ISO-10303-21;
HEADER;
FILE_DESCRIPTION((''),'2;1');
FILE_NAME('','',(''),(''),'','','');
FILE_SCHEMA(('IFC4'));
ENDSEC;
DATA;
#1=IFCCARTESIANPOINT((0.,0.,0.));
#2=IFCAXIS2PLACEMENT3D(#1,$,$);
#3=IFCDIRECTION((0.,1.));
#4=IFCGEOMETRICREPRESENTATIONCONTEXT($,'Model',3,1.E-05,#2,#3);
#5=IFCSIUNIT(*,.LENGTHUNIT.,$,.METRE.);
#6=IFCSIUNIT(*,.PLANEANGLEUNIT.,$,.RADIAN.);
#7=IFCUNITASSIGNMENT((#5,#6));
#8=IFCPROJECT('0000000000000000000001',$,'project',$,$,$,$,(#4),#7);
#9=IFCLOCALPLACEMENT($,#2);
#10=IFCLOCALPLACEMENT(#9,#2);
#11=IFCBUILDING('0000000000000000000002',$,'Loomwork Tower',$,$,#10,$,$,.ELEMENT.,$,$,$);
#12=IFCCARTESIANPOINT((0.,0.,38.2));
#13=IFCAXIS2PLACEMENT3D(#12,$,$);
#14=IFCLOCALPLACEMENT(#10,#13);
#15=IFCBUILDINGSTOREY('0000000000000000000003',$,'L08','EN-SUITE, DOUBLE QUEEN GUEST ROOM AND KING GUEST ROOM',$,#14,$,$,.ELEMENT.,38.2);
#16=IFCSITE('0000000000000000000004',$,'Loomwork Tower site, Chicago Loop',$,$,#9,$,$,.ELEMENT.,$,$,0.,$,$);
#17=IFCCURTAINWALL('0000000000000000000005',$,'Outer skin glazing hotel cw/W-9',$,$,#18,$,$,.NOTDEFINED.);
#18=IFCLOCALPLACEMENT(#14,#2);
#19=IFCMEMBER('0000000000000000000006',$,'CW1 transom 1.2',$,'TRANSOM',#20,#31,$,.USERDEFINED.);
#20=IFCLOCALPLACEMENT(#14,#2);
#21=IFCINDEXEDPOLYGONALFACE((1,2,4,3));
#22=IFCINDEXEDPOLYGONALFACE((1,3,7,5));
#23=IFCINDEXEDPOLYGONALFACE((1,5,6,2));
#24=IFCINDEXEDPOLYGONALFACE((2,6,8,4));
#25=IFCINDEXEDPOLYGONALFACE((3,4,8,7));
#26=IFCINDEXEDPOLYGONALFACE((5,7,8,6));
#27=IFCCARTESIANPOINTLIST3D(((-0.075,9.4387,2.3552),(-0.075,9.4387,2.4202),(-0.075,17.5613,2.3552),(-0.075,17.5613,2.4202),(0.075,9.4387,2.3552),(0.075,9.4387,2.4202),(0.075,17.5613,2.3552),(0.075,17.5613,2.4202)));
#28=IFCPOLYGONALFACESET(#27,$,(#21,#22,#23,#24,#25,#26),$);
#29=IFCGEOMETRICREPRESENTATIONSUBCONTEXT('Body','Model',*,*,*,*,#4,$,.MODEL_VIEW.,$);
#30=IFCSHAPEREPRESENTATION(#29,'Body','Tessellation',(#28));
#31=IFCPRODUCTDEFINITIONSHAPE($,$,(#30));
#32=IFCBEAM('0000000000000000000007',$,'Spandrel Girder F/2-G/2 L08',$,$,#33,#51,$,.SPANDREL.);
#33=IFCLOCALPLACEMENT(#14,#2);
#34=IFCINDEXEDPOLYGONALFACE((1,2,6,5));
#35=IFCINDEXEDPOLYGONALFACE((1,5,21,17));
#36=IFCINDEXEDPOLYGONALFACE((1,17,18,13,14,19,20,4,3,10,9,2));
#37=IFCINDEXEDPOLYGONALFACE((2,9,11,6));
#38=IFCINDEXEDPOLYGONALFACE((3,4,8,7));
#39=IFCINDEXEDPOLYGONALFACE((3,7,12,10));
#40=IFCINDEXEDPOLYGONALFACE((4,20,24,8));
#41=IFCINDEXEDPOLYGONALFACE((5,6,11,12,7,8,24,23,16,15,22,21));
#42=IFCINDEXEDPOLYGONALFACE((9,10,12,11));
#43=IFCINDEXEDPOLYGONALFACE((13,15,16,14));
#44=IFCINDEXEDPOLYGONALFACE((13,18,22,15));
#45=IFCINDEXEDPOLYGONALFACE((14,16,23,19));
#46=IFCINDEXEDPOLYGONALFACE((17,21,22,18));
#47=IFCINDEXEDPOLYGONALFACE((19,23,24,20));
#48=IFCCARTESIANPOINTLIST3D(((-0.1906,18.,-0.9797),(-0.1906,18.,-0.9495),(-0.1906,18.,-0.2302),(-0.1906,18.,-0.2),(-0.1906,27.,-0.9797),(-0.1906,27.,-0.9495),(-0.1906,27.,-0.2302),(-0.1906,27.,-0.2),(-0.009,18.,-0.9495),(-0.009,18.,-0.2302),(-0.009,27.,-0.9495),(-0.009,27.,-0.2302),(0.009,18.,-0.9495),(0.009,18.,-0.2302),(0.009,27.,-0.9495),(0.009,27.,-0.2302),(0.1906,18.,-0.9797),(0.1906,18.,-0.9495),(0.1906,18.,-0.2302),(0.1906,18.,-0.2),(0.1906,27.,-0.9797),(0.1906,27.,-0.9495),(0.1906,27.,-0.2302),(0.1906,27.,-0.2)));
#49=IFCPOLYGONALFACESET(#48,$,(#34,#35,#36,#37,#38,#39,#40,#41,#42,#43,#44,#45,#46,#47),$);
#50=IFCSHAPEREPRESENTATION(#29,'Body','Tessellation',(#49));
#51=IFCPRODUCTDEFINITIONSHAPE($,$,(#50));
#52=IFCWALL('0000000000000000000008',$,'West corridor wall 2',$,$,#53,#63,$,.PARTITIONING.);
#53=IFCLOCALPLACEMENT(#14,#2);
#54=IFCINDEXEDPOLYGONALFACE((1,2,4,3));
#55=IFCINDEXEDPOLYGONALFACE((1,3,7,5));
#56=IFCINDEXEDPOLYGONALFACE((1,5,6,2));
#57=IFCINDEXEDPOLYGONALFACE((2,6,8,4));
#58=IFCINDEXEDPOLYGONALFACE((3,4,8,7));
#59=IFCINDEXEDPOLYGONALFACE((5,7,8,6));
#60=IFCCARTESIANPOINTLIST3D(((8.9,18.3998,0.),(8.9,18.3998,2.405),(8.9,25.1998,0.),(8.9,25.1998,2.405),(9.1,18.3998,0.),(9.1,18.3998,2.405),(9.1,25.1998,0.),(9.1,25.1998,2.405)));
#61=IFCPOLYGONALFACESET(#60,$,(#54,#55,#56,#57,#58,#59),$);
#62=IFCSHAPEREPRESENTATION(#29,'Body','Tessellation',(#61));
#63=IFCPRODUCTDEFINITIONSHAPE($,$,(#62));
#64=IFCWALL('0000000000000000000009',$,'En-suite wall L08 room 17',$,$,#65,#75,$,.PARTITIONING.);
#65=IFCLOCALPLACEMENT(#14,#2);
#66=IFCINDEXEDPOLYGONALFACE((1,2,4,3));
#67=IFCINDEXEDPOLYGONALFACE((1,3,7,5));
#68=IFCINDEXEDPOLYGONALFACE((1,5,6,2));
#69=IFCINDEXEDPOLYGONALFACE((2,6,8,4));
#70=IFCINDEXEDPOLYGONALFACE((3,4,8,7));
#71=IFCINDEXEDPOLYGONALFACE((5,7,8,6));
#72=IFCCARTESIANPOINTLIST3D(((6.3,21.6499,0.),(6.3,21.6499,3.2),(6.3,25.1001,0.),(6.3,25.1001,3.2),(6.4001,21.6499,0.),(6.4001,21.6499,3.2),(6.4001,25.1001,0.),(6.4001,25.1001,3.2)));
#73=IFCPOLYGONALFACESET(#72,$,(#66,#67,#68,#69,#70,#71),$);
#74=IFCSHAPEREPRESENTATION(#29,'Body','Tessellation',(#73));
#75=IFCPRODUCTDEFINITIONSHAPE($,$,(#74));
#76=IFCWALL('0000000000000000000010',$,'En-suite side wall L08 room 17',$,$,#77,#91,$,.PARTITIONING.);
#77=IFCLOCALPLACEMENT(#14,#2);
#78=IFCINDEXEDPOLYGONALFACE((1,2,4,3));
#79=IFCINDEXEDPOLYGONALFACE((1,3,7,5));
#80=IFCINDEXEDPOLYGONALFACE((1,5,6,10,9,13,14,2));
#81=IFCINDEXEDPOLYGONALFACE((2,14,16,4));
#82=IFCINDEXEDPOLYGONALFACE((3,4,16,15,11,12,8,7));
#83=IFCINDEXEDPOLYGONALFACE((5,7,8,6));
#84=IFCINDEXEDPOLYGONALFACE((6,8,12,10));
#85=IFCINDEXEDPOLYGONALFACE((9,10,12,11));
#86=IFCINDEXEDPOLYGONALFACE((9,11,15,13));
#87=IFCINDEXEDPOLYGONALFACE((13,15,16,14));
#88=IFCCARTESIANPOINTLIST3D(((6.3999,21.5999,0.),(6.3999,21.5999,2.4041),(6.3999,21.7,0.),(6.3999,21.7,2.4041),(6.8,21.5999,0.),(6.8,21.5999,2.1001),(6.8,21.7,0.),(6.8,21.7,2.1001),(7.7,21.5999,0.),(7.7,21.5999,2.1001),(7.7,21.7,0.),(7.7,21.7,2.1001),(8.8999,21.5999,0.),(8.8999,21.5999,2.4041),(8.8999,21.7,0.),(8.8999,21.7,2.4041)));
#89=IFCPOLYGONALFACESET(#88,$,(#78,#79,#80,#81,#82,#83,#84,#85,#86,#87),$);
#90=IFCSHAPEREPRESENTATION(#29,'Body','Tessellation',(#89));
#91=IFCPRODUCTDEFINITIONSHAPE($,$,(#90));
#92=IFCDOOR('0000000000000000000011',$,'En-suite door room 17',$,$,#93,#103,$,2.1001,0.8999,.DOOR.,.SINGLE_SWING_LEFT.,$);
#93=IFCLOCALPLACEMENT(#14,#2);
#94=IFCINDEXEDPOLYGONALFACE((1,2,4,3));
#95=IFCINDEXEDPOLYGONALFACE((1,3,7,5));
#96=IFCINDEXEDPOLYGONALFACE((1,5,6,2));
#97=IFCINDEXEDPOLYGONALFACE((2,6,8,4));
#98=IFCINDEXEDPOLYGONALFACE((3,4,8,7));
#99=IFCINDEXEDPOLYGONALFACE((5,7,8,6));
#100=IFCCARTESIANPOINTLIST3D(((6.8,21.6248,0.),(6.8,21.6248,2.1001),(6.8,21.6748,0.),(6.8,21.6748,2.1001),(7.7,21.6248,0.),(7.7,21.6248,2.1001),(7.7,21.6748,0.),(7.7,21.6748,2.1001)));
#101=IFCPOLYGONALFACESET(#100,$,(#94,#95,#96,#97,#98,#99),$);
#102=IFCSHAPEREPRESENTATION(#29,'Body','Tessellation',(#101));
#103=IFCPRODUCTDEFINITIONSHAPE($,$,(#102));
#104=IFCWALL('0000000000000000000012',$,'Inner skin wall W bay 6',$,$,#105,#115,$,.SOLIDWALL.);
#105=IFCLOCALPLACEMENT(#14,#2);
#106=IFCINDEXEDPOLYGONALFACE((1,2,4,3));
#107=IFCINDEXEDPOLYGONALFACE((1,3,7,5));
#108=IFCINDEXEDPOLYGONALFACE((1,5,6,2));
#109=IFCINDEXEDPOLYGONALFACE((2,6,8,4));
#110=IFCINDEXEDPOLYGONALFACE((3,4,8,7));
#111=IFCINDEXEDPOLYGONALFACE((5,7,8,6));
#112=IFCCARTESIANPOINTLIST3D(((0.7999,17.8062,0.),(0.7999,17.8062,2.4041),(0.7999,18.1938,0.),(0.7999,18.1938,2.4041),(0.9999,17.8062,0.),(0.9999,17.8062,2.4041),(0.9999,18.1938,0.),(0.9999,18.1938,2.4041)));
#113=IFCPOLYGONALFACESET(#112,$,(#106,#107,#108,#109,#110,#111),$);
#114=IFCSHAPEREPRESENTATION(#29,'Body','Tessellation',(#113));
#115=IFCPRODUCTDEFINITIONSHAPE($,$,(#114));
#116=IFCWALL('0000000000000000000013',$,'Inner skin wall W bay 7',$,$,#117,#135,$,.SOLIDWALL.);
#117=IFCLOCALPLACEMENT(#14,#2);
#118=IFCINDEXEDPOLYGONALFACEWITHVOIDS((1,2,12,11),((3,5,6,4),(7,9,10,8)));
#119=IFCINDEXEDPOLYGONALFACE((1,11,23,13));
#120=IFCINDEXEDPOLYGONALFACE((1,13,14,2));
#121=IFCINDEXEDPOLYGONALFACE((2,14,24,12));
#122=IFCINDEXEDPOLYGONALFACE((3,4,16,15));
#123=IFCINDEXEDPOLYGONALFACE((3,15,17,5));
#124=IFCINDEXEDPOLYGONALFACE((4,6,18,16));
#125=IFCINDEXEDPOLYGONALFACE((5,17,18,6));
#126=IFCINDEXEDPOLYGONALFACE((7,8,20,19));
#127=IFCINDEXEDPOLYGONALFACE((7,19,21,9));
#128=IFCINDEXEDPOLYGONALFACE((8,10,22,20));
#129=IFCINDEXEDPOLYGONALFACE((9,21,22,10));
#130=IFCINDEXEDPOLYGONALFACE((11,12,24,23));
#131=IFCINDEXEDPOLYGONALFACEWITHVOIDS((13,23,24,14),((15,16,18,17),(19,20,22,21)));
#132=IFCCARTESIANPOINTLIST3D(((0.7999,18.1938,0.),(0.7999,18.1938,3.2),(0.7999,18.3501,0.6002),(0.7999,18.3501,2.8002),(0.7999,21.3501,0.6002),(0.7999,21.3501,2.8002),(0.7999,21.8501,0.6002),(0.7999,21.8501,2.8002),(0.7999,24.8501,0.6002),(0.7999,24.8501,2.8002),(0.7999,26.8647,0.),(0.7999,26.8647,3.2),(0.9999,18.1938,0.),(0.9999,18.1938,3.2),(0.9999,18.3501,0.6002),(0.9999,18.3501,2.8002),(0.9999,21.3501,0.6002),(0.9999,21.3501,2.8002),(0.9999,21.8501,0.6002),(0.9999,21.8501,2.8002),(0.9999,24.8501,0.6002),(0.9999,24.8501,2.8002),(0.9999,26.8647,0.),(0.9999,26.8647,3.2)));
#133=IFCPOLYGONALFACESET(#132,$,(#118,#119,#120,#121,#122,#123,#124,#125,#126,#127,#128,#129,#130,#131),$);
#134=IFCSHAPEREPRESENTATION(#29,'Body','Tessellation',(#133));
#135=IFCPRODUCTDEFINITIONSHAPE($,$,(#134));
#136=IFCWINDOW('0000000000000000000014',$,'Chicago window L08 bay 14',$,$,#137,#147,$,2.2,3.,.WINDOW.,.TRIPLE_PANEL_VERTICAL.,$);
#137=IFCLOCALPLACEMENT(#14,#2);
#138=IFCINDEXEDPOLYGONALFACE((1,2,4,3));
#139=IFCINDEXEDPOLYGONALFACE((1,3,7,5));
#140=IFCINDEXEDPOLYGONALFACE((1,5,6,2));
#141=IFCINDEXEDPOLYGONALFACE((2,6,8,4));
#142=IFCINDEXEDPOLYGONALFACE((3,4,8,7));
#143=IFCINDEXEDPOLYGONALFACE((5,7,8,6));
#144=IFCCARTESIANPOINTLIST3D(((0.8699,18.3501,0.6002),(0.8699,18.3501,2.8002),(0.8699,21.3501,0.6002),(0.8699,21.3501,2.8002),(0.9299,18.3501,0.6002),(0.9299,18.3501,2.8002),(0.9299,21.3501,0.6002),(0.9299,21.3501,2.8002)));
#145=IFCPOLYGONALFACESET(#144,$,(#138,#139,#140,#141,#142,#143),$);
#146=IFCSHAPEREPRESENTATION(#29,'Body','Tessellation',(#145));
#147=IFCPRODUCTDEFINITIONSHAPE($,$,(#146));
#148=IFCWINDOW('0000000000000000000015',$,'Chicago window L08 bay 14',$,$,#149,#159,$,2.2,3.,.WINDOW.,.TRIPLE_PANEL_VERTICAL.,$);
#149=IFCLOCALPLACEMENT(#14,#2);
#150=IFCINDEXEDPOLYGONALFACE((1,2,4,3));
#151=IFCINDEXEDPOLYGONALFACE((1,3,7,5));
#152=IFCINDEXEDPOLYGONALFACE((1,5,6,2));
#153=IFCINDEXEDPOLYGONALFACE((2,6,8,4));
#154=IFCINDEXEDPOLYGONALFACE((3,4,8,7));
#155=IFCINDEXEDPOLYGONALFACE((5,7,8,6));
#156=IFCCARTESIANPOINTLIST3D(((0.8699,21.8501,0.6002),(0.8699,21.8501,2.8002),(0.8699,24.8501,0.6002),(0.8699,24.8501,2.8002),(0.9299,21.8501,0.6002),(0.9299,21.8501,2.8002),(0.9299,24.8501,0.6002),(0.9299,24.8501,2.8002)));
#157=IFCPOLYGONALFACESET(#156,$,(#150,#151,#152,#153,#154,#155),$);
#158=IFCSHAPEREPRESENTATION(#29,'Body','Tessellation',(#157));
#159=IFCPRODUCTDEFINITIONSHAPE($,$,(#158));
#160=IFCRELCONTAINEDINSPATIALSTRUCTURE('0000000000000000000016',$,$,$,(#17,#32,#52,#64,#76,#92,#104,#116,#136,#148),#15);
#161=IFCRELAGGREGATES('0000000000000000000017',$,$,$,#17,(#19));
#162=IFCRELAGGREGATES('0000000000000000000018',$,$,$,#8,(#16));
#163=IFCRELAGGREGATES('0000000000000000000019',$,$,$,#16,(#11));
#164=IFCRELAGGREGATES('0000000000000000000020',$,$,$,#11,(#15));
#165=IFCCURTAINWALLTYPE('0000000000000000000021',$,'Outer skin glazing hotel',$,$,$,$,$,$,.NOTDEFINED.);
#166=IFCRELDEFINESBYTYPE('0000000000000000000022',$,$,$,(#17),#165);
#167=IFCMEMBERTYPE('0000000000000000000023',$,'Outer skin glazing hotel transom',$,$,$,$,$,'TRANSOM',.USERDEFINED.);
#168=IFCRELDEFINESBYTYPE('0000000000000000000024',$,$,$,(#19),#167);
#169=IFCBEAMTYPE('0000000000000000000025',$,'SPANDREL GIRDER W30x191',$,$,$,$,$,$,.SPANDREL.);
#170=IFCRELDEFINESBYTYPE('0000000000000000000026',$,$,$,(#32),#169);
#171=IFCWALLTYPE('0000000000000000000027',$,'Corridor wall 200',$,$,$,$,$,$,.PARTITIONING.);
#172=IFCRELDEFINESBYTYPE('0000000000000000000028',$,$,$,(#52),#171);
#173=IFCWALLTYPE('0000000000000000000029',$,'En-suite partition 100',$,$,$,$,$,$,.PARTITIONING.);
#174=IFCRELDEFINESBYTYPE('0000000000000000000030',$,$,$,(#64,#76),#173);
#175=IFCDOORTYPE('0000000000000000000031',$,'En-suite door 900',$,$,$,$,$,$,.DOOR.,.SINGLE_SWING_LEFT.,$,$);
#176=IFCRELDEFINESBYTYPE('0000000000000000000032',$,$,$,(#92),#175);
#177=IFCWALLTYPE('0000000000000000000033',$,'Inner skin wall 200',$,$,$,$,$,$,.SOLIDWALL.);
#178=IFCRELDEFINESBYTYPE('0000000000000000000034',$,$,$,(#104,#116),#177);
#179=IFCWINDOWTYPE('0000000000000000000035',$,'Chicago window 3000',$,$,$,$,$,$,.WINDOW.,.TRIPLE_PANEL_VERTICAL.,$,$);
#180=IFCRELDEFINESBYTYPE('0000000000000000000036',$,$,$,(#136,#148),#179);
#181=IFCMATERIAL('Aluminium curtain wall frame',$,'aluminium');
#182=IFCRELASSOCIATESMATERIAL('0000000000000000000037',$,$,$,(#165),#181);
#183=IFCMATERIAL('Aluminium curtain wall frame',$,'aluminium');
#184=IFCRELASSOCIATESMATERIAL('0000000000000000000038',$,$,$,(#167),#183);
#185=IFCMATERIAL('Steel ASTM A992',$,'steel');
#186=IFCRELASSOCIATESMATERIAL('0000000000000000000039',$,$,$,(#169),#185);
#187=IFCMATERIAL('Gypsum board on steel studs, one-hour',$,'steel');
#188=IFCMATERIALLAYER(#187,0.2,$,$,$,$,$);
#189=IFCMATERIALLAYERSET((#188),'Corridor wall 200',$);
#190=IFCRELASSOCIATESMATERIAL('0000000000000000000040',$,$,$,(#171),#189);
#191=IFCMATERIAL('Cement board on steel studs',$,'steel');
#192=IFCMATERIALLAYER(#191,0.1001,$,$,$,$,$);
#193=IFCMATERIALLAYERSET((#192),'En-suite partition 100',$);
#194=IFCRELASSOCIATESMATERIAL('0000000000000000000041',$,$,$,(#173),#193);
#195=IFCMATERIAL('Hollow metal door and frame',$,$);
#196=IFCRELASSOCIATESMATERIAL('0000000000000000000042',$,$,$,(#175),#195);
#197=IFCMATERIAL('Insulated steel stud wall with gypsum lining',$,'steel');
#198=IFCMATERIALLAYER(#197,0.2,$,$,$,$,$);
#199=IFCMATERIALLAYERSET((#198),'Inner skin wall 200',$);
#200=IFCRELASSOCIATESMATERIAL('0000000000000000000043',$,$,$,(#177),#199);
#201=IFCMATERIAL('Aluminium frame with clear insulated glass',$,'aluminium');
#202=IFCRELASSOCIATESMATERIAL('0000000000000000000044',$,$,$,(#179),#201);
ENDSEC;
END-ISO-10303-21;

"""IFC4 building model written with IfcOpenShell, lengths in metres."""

from ifc_helpers import new_model, si_unit, direction, frame, frame_2d, origin, origin_2d, place, context, subcontext, project, spatial, rectangle, i_section, extrude, material, layer, layer_set, material_profile, profile_set, type_object, element, fill, aggregate, save


model = new_model("IFC4")

# Units and contexts
model_context = context("Model", 3, precision=1e-05, world=origin(), true_north=direction((0.0, 1.0)))
body_context = subcontext(model_context, "Body", "Model", "MODEL_VIEW")
ifc_project = project(units=[si_unit("LENGTHUNIT", "METRE"), si_unit("PLANEANGLEUNIT", "RADIAN")], contexts=[model_context])

# Site, building, storey
site_placement = place(None, origin())
site = spatial("IfcSite", under=ifc_project, at=site_placement, Name="Loomwork Tower site, Chicago Loop", CompositionType="ELEMENT", RefElevation=0.0)
building_placement = place(site_placement, origin())
building = spatial("IfcBuilding", under=site, at=building_placement, Name="Loomwork Tower", CompositionType="ELEMENT")
storey_placement = place(building_placement, frame((0.0, 0.0, 38.2)))
storey = spatial("IfcBuildingStorey", under=building, at=storey_placement, Name="L08", Description="EN-SUITE, DOUBLE QUEEN GUEST ROOM AND KING GUEST ROOM", CompositionType="ELEMENT", Elevation=38.2)

# Curtain wall
ifc_material_1 = material(Name="Aluminium curtain wall frame", Category="aluminium")
curtain_wall_type = type_object("IfcCurtainWallType", Name="Outer skin glazing hotel", PredefinedType="NOTDEFINED", material=ifc_material_1)
curtain_wall_1_placement = place(storey_placement, origin())
curtain_wall_1 = element("IfcCurtainWall", 1, at=curtain_wall_1_placement, inside=storey, type_object=curtain_wall_type, Name="Outer skin glazing hotel cw/W-9", PredefinedType="NOTDEFINED")

# Member
ifc_material_2 = material(Name="Aluminium curtain wall frame", Category="aluminium")
ifc_material_profile_1 = material_profile(ifc_material_2, rectangle(XDim=0.1499, YDim=0.0649, at=origin_2d()), Name="AL 65x150")
ifc_profile_set_1 = profile_set([ifc_material_profile_1], Name="Aluminium curtain wall frame")
member_type_1 = type_object("IfcMemberType", Name="Outer skin glazing hotel transom", ElementType="TRANSOM", PredefinedType="USERDEFINED", material=ifc_profile_set_1)
member_1_placement = place(storey_placement, frame((0.0, 17.5613, 2.3877), z_axis=(0.0, -1.0, 0.0), x_axis=(1.0, 0.0, 0.0)))
member_1 = element("IfcMember", 2, at=member_1_placement, type_object=member_type_1, Name="CW1 transom 1.2", ObjectType="TRANSOM", PredefinedType="USERDEFINED", context=body_context, shape_type="SweptSolid", body=[
    extrude(rectangle(XDim=0.1499, YDim=0.0649, at=origin_2d()), origin(), (0.0, 0.0, 1.0), 8.1226),
])
aggregate(curtain_wall_1, [member_1])

# Beam
ifc_material_3 = material(Name="Steel ASTM A992", Category="steel")
ifc_material_profile_2 = material_profile(ifc_material_3, i_section(OverallWidth=0.3811, OverallDepth=0.7798, WebThickness=0.0181, FlangeThickness=0.0303, at=origin_2d()), Name="W30x191")
ifc_profile_set_2 = profile_set([ifc_material_profile_2], Name="Steel ASTM A992")
beam_type_1 = type_object("IfcBeamType", Name="SPANDREL GIRDER W30x191", PredefinedType="SPANDREL", material=ifc_profile_set_2)
beam_1_placement = place(storey_placement, frame((0.0, 18.0, -0.5898), z_axis=(0.0, 1.0, 0.0), x_axis=(-1.0, 0.0, 0.0)))
element("IfcBeam", 3, at=beam_1_placement, inside=storey, type_object=beam_type_1, Name="Spandrel Girder F/2-G/2 L08", PredefinedType="SPANDREL", context=body_context, shape_type="SweptSolid", body=[
    extrude(i_section(OverallWidth=0.3811, OverallDepth=0.7798, WebThickness=0.0181, FlangeThickness=0.0303, at=origin_2d()), origin(), (0.0, 0.0, 1.0), 9.0),
])

# Walls
ifc_material_4 = material(Name="Gypsum board on steel studs, one-hour", Category="steel")
ifc_layer_1 = layer(ifc_material_4, 0.2)
ifc_layer_set_1 = layer_set([ifc_layer_1], Name="Corridor wall 200")
wall_type_1 = type_object("IfcWallType", Name="Corridor wall 200", PredefinedType="PARTITIONING", material=ifc_layer_set_1)
wall_1_placement = place(storey_placement, frame((9.0, 18.3999, 0.0), z_axis=(0.0, 0.0, 1.0), x_axis=(0.0, 1.0, 0.0)))
element("IfcWall", 4, at=wall_1_placement, inside=storey, type_object=wall_type_1, Name="West corridor wall 2", PredefinedType="PARTITIONING", context=body_context, shape_type="SweptSolid", body=[
    extrude(rectangle(XDim=6.8, YDim=0.2, at=frame_2d((3.3999, 0.0))), origin(), (0.0, 0.0, 1.0), 2.405),
])
ifc_material_5 = material(Name="Cement board on steel studs", Category="steel")
ifc_layer_2 = layer(ifc_material_5, 0.1001)
ifc_layer_set_2 = layer_set([ifc_layer_2], Name="En-suite partition 100")
wall_type_2 = type_object("IfcWallType", Name="En-suite partition 100", PredefinedType="PARTITIONING", material=ifc_layer_set_2)
wall_2_placement = place(storey_placement, frame((6.3501, 21.6499, 0.0), z_axis=(0.0, 0.0, 1.0), x_axis=(0.0, 1.0, 0.0)))
element("IfcWall", 5, at=wall_2_placement, inside=storey, type_object=wall_type_2, Name="En-suite wall L08 room 17", PredefinedType="PARTITIONING", context=body_context, shape_type="SweptSolid", body=[
    extrude(rectangle(XDim=3.4502, YDim=0.1001, at=frame_2d((1.7251, 0.0))), origin(), (0.0, 0.0, 1.0), 3.2),
])

# Wall, opening, door
wall_3_placement = place(storey_placement, frame((8.8999, 21.6499, 0.0), z_axis=(0.0, 0.0, 1.0), x_axis=(-1.0, 0.0, 0.0)))
wall_3 = element("IfcWall", 6, at=wall_3_placement, inside=storey, type_object=wall_type_2, Name="En-suite side wall L08 room 17", PredefinedType="PARTITIONING", context=body_context, shape_type="SweptSolid", body=[
    extrude(rectangle(XDim=2.5, YDim=0.1001, at=frame_2d((1.25, 0.0))), origin(), (0.0, 0.0, 1.0), 2.4041),
])
opening_1_placement = place(wall_3_placement, frame((1.2, 0.0, 0.0)))
opening_1 = element("IfcOpeningElement", 7, at=opening_1_placement, cuts=wall_3, PredefinedType="OPENING", context=body_context, shape_type="SweptSolid", body=[
    extrude(rectangle(XDim=0.8999, YDim=2.1001, at=frame_2d((0.45, 1.05))), frame((0.0, 0.0601, 0.0), z_axis=(0.0, -1.0, 0.0), x_axis=(1.0, 0.0, 0.0)), (0.0, 0.0, 1.0), 0.1201),
])
ifc_material_6 = material(Name="Hollow metal door and frame")
door_type = type_object("IfcDoorType", Name="En-suite door 900", OperationType="SINGLE_SWING_LEFT", PredefinedType="DOOR", material=ifc_material_6)
door_placement = place(opening_1_placement, frame((0.8999, 0.0, 0.0), z_axis=(0.0, 0.0, 1.0), x_axis=(-1.0, 0.0, 0.0)))
door = element("IfcDoor", 8, at=door_placement, inside=storey, type_object=door_type, Name="En-suite door room 17", OperationType="SINGLE_SWING_LEFT", OverallHeight=2.1001, OverallWidth=0.8999, PredefinedType="DOOR", context=body_context, shape_type="SweptSolid", body=[
    extrude(rectangle(XDim=0.8999, YDim=2.1001, at=frame_2d((0.45, 1.05))), frame((0.0, 0.0249, 0.0), z_axis=(0.0, -1.0, 0.0), x_axis=(1.0, 0.0, 0.0)), (0.0, 0.0, 1.0), 0.05),
])
fill(opening_1, door)

# Wall
ifc_material_7 = material(Name="Insulated steel stud wall with gypsum lining", Category="steel")
ifc_layer_3 = layer(ifc_material_7, 0.2)
ifc_layer_set_3 = layer_set([ifc_layer_3], Name="Inner skin wall 200")
wall_type_3 = type_object("IfcWallType", Name="Inner skin wall 200", PredefinedType="SOLIDWALL", material=ifc_layer_set_3)
wall_4_placement = place(storey_placement, frame((0.8999, 17.8062, 0.0), z_axis=(0.0, 0.0, 1.0), x_axis=(0.0, 1.0, 0.0)))
element("IfcWall", 9, at=wall_4_placement, inside=storey, type_object=wall_type_3, Name="Inner skin wall W bay 6", PredefinedType="SOLIDWALL", context=body_context, shape_type="SweptSolid", body=[
    extrude(rectangle(XDim=0.3877, YDim=0.2, at=frame_2d((0.1938, 0.0))), origin(), (0.0, 0.0, 1.0), 2.4041),
])

# Wall, openings, windows
wall_5_placement = place(storey_placement, frame((0.8999, 18.1938, 0.0), z_axis=(0.0, 0.0, 1.0), x_axis=(0.0, 1.0, 0.0)))
wall_5 = element("IfcWall", 10, at=wall_5_placement, inside=storey, type_object=wall_type_3, Name="Inner skin wall W bay 7", PredefinedType="SOLIDWALL", context=body_context, shape_type="SweptSolid", body=[
    extrude(rectangle(XDim=8.6709, YDim=0.2, at=frame_2d((4.3354, 0.0))), origin(), (0.0, 0.0, 1.0), 3.2),
])
opening_2_placement = place(wall_5_placement, frame((0.1562, 0.0, 0.6001)))
opening_2 = element("IfcOpeningElement", 11, at=opening_2_placement, cuts=wall_5, PredefinedType="OPENING", context=body_context, shape_type="SweptSolid", body=[
    extrude(rectangle(XDim=3.0, YDim=2.2, at=frame_2d((1.5, 1.1001))), frame((0.0, 0.1099, 0.0), z_axis=(0.0, -1.0, 0.0), x_axis=(1.0, 0.0, 0.0)), (0.0, 0.0, 1.0), 0.22),
])
opening_3_placement = place(wall_5_placement, frame((3.6562, 0.0, 0.6001)))
opening_3 = element("IfcOpeningElement", 12, at=opening_3_placement, cuts=wall_5, PredefinedType="OPENING", context=body_context, shape_type="SweptSolid", body=[
    extrude(rectangle(XDim=3.0, YDim=2.2, at=frame_2d((1.5, 1.1001))), frame((0.0, 0.1099, 0.0), z_axis=(0.0, -1.0, 0.0), x_axis=(1.0, 0.0, 0.0)), (0.0, 0.0, 1.0), 0.22),
])
ifc_material_8 = material(Name="Aluminium frame with clear insulated glass", Category="aluminium")
window_type = type_object("IfcWindowType", Name="Chicago window 3000", PartitioningType="TRIPLE_PANEL_VERTICAL", PredefinedType="WINDOW", material=ifc_material_8)
window_1_placement = place(opening_2_placement, origin())
window_1 = element("IfcWindow", 13, at=window_1_placement, inside=storey, type_object=window_type, Name="Chicago window L08 bay 14", OverallHeight=2.2, OverallWidth=3.0, PartitioningType="TRIPLE_PANEL_VERTICAL", PredefinedType="WINDOW", context=body_context, shape_type="SweptSolid", body=[
    extrude(rectangle(XDim=3.0, YDim=2.2, at=frame_2d((1.5, 1.1001))), frame((0.0, 0.03, 0.0), z_axis=(0.0, -1.0, 0.0), x_axis=(1.0, 0.0, 0.0)), (0.0, 0.0, 1.0), 0.0601),
])
fill(opening_2, window_1)
window_2_placement = place(opening_3_placement, origin())
window_2 = element("IfcWindow", 14, at=window_2_placement, inside=storey, type_object=window_type, Name="Chicago window L08 bay 14", OverallHeight=2.2, OverallWidth=3.0, PartitioningType="TRIPLE_PANEL_VERTICAL", PredefinedType="WINDOW", context=body_context, shape_type="SweptSolid", body=[
    extrude(rectangle(XDim=3.0, YDim=2.2, at=frame_2d((1.5, 1.1001))), frame((0.0, 0.03, 0.0), z_axis=(0.0, -1.0, 0.0), x_axis=(1.0, 0.0, 0.0)), (0.0, 0.0, 1.0), 0.0601),
])
fill(opening_3, window_2)

save(model, "model.ifc")
